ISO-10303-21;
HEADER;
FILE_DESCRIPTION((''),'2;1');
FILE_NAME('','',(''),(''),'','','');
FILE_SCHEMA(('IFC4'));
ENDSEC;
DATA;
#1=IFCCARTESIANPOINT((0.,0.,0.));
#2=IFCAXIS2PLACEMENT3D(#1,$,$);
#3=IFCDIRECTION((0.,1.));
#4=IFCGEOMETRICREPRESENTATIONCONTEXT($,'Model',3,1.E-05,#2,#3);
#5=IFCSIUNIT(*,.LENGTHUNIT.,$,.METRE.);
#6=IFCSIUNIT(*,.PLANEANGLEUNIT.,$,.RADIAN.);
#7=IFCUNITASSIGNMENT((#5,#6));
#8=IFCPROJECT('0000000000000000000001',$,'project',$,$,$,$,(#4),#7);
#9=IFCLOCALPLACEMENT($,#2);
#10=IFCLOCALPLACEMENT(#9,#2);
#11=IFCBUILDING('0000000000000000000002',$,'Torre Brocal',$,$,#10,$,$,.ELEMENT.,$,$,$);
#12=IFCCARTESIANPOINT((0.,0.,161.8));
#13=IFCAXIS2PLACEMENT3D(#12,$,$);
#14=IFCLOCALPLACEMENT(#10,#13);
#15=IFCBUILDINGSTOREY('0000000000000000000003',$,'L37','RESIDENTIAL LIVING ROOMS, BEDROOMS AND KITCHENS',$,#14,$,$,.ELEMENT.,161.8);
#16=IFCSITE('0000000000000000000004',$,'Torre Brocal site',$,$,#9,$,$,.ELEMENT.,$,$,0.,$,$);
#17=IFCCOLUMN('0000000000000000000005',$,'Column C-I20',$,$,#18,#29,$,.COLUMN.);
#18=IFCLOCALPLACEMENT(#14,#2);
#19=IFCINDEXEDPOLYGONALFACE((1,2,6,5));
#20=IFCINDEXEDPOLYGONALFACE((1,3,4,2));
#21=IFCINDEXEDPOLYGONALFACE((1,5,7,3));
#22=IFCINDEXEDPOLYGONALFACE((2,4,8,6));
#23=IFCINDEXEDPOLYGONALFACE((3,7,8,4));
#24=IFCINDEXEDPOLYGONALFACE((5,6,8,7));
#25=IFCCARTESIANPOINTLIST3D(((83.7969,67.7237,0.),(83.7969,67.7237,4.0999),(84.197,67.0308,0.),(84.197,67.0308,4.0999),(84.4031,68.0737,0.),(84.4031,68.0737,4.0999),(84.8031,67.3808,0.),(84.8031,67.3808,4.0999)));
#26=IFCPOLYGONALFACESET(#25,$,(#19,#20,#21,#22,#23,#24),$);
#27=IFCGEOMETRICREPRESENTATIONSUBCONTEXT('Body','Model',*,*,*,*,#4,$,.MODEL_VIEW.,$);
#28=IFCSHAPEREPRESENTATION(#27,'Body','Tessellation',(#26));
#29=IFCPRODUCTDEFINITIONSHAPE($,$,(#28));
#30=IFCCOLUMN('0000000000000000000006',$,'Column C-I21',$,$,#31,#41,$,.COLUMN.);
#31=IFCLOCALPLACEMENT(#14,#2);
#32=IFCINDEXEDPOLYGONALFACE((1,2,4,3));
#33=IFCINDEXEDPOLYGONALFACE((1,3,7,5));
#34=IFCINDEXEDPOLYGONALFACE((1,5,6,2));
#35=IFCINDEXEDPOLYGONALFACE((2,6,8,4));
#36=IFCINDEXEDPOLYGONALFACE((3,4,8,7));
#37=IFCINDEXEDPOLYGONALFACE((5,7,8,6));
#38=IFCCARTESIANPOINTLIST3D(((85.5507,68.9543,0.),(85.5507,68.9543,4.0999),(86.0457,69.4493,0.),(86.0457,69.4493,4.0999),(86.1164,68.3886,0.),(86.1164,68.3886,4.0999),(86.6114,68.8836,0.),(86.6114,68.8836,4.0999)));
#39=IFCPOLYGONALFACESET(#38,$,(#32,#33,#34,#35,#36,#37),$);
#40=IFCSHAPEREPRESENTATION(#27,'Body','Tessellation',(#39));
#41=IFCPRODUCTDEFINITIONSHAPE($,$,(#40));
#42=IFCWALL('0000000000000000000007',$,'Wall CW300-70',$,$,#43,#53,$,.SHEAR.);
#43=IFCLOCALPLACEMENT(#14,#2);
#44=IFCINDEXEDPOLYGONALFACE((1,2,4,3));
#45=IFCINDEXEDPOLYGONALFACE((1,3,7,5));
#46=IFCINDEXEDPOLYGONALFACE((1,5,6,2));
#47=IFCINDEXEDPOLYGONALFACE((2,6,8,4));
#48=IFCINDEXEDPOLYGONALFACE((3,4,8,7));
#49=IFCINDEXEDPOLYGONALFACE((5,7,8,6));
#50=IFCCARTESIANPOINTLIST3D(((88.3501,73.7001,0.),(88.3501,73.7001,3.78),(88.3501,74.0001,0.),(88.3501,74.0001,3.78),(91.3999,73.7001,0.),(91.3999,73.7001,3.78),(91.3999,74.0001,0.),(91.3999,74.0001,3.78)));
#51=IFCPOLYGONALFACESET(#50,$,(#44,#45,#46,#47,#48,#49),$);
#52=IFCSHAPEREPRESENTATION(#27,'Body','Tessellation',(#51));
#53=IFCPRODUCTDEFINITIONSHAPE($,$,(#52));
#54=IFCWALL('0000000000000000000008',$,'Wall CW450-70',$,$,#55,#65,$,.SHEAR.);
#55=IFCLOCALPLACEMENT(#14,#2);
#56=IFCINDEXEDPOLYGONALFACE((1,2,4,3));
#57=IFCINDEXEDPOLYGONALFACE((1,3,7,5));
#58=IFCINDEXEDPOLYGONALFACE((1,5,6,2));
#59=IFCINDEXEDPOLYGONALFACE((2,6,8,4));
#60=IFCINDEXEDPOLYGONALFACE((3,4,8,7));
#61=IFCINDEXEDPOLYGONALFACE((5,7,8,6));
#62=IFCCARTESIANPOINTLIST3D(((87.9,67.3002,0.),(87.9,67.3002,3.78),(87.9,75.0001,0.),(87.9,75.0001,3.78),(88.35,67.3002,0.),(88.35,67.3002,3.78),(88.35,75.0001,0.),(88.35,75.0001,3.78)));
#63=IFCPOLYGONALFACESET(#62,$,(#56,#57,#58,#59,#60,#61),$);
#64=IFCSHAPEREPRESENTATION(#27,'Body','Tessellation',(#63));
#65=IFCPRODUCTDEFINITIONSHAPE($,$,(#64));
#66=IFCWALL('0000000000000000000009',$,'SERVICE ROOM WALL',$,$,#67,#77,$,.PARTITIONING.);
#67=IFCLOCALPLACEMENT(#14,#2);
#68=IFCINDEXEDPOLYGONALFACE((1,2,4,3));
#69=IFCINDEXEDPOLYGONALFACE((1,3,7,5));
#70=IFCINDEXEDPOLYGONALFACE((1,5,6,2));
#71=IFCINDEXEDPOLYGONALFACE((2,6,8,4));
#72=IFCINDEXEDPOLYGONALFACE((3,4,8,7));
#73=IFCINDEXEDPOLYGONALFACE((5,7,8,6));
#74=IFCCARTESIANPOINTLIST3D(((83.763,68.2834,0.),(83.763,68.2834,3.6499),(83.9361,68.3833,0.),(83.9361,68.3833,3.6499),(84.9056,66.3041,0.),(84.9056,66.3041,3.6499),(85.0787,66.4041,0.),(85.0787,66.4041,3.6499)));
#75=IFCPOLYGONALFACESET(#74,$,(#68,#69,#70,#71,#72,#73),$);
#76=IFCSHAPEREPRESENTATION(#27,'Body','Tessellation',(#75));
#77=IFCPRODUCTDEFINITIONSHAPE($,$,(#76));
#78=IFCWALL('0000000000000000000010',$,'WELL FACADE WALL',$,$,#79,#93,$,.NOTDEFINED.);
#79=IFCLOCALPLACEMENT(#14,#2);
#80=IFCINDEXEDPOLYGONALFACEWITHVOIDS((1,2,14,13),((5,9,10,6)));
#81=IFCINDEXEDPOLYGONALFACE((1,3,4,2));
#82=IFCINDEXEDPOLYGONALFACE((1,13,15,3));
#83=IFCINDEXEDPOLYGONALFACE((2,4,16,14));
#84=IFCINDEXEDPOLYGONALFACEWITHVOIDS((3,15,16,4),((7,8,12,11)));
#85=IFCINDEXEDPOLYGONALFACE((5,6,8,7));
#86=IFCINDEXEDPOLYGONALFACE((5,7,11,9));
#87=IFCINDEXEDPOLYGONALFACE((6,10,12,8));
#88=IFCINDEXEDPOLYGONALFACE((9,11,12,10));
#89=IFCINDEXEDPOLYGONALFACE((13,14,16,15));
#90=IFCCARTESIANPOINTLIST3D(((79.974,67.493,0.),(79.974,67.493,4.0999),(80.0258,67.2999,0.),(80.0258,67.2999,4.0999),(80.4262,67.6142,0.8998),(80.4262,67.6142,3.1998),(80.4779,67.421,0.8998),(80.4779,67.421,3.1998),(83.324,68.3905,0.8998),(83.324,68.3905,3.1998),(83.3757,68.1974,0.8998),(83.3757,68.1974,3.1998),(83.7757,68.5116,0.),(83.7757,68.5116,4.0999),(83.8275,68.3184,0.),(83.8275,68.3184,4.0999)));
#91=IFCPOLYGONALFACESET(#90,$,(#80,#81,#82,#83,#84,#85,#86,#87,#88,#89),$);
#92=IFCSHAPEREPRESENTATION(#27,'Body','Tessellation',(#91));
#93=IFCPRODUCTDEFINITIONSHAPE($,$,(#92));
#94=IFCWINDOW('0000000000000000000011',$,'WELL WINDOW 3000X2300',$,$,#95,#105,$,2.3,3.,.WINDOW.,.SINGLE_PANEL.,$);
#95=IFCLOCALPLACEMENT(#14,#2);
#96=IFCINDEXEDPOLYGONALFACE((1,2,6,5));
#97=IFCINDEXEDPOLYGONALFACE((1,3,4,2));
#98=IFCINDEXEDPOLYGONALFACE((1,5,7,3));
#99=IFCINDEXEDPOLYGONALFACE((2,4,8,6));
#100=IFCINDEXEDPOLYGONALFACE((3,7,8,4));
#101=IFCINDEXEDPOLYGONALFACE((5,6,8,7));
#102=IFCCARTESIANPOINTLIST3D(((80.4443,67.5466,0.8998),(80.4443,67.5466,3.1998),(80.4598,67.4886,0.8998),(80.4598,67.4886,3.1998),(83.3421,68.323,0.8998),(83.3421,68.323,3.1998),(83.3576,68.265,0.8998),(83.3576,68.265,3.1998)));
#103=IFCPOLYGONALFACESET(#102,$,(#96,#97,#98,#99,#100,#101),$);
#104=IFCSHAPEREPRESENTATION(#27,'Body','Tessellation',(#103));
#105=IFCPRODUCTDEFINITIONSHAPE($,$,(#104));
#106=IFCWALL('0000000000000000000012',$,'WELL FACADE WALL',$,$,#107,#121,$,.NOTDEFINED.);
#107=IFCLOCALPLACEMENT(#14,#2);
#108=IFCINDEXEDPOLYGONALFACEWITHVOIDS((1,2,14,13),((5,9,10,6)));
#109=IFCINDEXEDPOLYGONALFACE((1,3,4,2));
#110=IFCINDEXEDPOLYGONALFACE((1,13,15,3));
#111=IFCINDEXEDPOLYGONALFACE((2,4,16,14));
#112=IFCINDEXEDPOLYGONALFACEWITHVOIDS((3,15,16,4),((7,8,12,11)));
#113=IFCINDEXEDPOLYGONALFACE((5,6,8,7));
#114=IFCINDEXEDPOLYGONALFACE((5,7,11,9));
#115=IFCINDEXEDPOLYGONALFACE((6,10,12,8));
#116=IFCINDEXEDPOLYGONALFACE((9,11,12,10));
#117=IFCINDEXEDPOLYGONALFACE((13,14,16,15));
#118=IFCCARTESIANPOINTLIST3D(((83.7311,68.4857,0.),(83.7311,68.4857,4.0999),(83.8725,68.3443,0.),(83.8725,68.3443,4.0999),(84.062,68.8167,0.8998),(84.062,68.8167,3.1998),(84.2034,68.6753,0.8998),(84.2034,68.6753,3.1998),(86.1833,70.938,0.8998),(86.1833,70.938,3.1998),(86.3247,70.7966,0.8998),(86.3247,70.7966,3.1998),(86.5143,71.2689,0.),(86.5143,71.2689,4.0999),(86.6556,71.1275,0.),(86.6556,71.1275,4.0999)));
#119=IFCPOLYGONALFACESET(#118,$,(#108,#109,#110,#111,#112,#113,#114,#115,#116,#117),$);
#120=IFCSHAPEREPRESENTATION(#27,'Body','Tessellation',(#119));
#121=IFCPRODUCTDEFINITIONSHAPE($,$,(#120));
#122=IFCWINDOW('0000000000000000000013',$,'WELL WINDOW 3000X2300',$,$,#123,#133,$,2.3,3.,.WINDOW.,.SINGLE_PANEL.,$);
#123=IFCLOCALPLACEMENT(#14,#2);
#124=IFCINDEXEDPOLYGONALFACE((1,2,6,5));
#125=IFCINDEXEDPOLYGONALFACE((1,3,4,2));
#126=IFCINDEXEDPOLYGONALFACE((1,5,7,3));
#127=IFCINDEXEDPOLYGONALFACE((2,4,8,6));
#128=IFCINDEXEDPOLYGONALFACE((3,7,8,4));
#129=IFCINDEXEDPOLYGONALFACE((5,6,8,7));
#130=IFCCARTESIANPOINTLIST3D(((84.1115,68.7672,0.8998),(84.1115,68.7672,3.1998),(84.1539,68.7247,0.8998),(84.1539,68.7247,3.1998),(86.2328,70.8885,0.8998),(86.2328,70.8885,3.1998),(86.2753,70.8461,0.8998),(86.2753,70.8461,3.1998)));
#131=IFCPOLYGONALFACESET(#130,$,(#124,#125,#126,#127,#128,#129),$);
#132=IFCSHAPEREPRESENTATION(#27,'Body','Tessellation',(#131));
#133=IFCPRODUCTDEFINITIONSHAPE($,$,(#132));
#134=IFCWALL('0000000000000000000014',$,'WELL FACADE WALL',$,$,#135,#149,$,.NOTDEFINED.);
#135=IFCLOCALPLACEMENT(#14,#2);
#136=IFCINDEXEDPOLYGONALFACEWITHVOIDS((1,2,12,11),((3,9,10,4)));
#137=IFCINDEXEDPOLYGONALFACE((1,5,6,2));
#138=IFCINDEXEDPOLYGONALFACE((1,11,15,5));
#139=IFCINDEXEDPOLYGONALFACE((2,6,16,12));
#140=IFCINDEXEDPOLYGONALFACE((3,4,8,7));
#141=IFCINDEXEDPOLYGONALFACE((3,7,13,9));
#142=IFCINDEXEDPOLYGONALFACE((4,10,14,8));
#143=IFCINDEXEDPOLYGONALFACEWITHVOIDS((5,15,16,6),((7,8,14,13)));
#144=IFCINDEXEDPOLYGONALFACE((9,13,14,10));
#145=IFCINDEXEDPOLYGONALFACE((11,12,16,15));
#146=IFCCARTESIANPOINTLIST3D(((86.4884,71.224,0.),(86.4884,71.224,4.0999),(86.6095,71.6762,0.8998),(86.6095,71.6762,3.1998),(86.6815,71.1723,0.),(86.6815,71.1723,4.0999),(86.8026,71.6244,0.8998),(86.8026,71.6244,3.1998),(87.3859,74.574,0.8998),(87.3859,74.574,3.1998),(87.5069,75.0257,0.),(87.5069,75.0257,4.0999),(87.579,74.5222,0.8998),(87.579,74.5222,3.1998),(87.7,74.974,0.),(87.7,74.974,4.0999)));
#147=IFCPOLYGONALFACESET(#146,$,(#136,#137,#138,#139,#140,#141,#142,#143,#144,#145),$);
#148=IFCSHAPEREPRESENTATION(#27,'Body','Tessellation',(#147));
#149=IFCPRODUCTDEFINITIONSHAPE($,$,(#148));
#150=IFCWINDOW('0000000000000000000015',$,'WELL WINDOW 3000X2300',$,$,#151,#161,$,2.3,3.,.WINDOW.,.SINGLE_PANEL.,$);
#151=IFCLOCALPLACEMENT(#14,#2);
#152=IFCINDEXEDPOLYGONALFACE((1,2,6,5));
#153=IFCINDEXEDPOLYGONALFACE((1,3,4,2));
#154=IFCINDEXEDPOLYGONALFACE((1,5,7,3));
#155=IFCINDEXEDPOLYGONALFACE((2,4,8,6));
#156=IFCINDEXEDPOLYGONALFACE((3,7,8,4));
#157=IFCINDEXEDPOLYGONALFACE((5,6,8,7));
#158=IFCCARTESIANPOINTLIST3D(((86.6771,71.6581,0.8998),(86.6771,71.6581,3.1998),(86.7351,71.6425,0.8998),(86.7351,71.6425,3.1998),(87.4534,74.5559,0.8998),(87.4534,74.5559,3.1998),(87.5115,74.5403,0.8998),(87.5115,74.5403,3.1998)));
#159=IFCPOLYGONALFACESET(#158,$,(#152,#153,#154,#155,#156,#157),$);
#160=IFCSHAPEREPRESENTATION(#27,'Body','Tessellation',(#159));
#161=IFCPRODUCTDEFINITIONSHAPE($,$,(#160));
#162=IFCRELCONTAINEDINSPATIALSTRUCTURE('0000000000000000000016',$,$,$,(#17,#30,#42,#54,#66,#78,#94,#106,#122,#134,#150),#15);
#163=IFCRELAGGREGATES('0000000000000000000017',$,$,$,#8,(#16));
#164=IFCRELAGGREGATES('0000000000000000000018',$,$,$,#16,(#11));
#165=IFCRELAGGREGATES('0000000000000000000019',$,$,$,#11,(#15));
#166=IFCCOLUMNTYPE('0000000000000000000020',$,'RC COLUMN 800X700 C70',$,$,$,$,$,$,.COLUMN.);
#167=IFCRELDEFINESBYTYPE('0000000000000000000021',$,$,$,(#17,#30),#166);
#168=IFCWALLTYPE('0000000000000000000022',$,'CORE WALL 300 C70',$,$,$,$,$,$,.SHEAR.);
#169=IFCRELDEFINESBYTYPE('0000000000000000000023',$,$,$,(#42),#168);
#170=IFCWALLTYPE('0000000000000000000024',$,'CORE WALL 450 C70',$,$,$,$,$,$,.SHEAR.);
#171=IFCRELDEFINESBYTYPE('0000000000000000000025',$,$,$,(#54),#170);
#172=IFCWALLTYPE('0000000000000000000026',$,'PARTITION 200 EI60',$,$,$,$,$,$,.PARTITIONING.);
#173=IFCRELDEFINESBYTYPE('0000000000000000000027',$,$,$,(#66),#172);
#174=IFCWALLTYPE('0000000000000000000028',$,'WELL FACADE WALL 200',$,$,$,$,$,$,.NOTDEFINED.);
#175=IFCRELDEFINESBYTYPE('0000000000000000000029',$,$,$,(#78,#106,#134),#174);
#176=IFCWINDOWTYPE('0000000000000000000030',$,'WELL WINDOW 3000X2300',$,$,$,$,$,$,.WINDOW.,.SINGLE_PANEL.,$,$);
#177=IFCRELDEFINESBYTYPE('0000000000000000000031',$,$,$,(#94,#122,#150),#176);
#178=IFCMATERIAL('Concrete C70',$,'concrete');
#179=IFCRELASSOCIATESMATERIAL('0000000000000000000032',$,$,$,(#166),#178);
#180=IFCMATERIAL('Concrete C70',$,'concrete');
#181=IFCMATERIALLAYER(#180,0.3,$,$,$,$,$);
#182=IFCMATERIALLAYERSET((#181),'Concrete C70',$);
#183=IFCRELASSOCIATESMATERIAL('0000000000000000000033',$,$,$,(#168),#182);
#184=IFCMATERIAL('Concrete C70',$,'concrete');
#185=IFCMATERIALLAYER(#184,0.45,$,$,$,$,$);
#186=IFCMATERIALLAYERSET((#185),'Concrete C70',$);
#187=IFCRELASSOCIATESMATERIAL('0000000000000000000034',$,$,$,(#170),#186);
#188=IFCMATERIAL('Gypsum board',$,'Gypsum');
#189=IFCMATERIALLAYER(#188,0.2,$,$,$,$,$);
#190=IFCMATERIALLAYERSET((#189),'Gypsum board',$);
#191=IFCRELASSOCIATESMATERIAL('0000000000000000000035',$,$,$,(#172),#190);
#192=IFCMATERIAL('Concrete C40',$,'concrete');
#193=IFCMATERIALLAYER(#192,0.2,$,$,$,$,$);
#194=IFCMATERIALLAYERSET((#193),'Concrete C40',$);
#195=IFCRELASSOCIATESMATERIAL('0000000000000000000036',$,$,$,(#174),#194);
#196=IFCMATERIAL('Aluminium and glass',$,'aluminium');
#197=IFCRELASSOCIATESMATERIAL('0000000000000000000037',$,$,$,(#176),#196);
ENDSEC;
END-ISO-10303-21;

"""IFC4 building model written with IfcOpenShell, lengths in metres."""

from ifc_helpers import new_model, si_unit, direction, frame, frame_2d, origin, origin_2d, place, context, subcontext, project, spatial, rectangle, extrude, material, layer, layer_set, material_profile, profile_set, type_object, element, fill, save


model = new_model("IFC4")

# Units and contexts
model_context = context("Model", 3, precision=1e-05, world=origin(), true_north=direction((0.0, 1.0)))
body_context = subcontext(model_context, "Body", "Model", "MODEL_VIEW")
ifc_project = project(units=[si_unit("LENGTHUNIT", "METRE"), si_unit("PLANEANGLEUNIT", "RADIAN")], contexts=[model_context])

# Site, building, storey
site_placement = place(None, origin())
site = spatial("IfcSite", under=ifc_project, at=site_placement, Name="Torre Brocal site", CompositionType="ELEMENT", RefElevation=0.0)
building_placement = place(site_placement, origin())
building = spatial("IfcBuilding", under=site, at=building_placement, Name="Torre Brocal", CompositionType="ELEMENT")
storey_placement = place(building_placement, frame((0.0, 0.0, 161.8)))
storey = spatial("IfcBuildingStorey", under=building, at=storey_placement, Name="L37", Description="RESIDENTIAL LIVING ROOMS, BEDROOMS AND KITCHENS", CompositionType="ELEMENT", Elevation=161.8)

# Columns
ifc_material_1 = material(Name="Concrete C70", Category="concrete")
ifc_material_profile = material_profile(ifc_material_1, rectangle(XDim=0.8, YDim=0.7, at=origin_2d()), Name="RC 800X700")
ifc_profile_set = profile_set([ifc_material_profile], Name="Concrete C70")
column_type = type_object("IfcColumnType", Name="RC COLUMN 800X700 C70", PredefinedType="COLUMN", material=ifc_profile_set)
for number, where, z_axis, x_axis, name in (
    (1, (84.3, 67.5522, 0.0), (0.0, 0.0, 1.0), (0.5, -0.866025, 0.0), "Column C-I20"),
    (2, (86.0811, 68.9189, 0.0), (0.0, 0.0, 1.0), (0.707107, -0.707107, 0.0), "Column C-I21"),
):
    element("IfcColumn", number, at=place(storey_placement, frame(where, z_axis=z_axis, x_axis=x_axis)), inside=storey, type_object=column_type, Name=name, PredefinedType="COLUMN", context=body_context, shape_type="SweptSolid", body=[
        extrude(rectangle(XDim=0.8, YDim=0.7, at=origin_2d()), origin(), (0.0, 0.0, 1.0), 4.0999),
    ])

# Walls
ifc_material_2 = material(Name="Concrete C70", Category="concrete")
ifc_layer_1 = layer(ifc_material_2, 0.3)
ifc_layer_set_1 = layer_set([ifc_layer_1], Name="Concrete C70")
wall_type_1 = type_object("IfcWallType", Name="CORE WALL 300 C70", PredefinedType="SHEAR", material=ifc_layer_set_1)
wall_1_placement = place(storey_placement, frame((88.3501, 73.8501, 0.0), z_axis=(0.0, 0.0, 1.0), x_axis=(1.0, 0.0, 0.0)))
element("IfcWall", 3, at=wall_1_placement, inside=storey, type_object=wall_type_1, Name="Wall CW300-70", PredefinedType="SHEAR", context=body_context, shape_type="SweptSolid", body=[
    extrude(rectangle(XDim=3.0498, YDim=0.3, at=frame_2d((1.5249, 0.0))), origin(), (0.0, 0.0, 1.0), 3.78),
])
ifc_material_3 = material(Name="Concrete C70", Category="concrete")
ifc_layer_2 = layer(ifc_material_3, 0.45)
ifc_layer_set_2 = layer_set([ifc_layer_2], Name="Concrete C70")
wall_type_2 = type_object("IfcWallType", Name="CORE WALL 450 C70", PredefinedType="SHEAR", material=ifc_layer_set_2)
wall_2_placement = place(storey_placement, frame((88.125, 67.3, 0.0), z_axis=(0.0, 0.0, 1.0), x_axis=(0.0, 1.0, 0.0)))
element("IfcWall", 4, at=wall_2_placement, inside=storey, type_object=wall_type_2, Name="Wall CW450-70", PredefinedType="SHEAR", context=body_context, shape_type="SweptSolid", body=[
    extrude(rectangle(XDim=7.7, YDim=0.45, at=frame_2d((3.8501, 0.0))), origin(), (0.0, 0.0, 1.0), 3.78),
])
ifc_material_4 = material(Name="Gypsum board", Category="Gypsum")
ifc_layer_3 = layer(ifc_material_4, 0.2)
ifc_layer_set_3 = layer_set([ifc_layer_3], Name="Gypsum board")
wall_type_3 = type_object("IfcWallType", Name="PARTITION 200 EI60", PredefinedType="PARTITIONING", material=ifc_layer_set_3)
wall_3_placement = place(storey_placement, frame((83.8496, 68.3333, 0.0), z_axis=(0.0, 0.0, 1.0), x_axis=(0.499954, -0.866052, 0.0)))
element("IfcWall", 5, at=wall_3_placement, inside=storey, type_object=wall_type_3, Name="SERVICE ROOM WALL", PredefinedType="PARTITIONING", context=body_context, shape_type="SweptSolid", body=[
    extrude(rectangle(XDim=2.2854, YDim=0.2, at=frame_2d((1.1426, 0.0))), origin(), (0.0, 0.0, 1.0), 3.6499),
])

# Walls, openings, windows
ifc_material_5 = material(Name="Concrete C40", Category="concrete")
ifc_layer_4 = layer(ifc_material_5, 0.2)
ifc_layer_set_4 = layer_set([ifc_layer_4], Name="Concrete C40")
wall_type_4 = type_object("IfcWallType", Name="WELL FACADE WALL 200", PredefinedType="NOTDEFINED", material=ifc_layer_set_4)
wall_4_placement = place(storey_placement, frame((80.0, 67.3965, 0.0), z_axis=(0.0, 0.0, 1.0), x_axis=(0.965934, 0.25879, 0.0)))
wall_4 = element("IfcWall", 6, at=wall_4_placement, inside=storey, type_object=wall_type_4, Name="WELL FACADE WALL", PredefinedType="NOTDEFINED", context=body_context, shape_type="SweptSolid", body=[
    extrude(rectangle(XDim=3.9358, YDim=0.2, at=frame_2d((1.9678, 0.0))), origin(), (0.0, 0.0, 1.0), 4.0999),
])
opening_1_placement = place(wall_4_placement, frame((0.468, 0.0, 0.8999)))
opening_1 = element("IfcOpeningElement", 7, at=opening_1_placement, cuts=wall_4, PredefinedType="OPENING", context=body_context, shape_type="SweptSolid", body=[
    extrude(rectangle(XDim=3.0, YDim=2.3, at=frame_2d((1.5, 1.1499))), frame((0.0, 0.1099, 0.0), z_axis=(0.0, -1.0, 0.0), x_axis=(1.0, 0.0, 0.0)), (0.0, 0.0, 1.0), 0.22),
])
ifc_material_6 = material(Name="Aluminium and glass", Category="aluminium")
window_type = type_object("IfcWindowType", Name="WELL WINDOW 3000X2300", PartitioningType="SINGLE_PANEL", PredefinedType="WINDOW", material=ifc_material_6)
window_1_placement = place(opening_1_placement, origin())
window_1 = element("IfcWindow", 8, at=window_1_placement, inside=storey, type_object=window_type, Name="WELL WINDOW 3000X2300", OverallHeight=2.3, OverallWidth=3.0, PartitioningType="SINGLE_PANEL", PredefinedType="WINDOW", context=body_context, shape_type="SweptSolid", body=[
    extrude(rectangle(XDim=3.0, YDim=2.3, at=frame_2d((1.5, 1.1499))), frame((0.0, 0.03, 0.0), z_axis=(0.0, -1.0, 0.0), x_axis=(1.0, 0.0, 0.0)), (0.0, 0.0, 1.0), 0.0601),
])
fill(opening_1, window_1)
wall_5_placement = place(storey_placement, frame((83.8018, 68.415, 0.0), z_axis=(0.0, 0.0, 1.0), x_axis=(0.707107, 0.707107, 0.0)))
wall_5 = element("IfcWall", 9, at=wall_5_placement, inside=storey, type_object=wall_type_4, Name="WELL FACADE WALL", PredefinedType="NOTDEFINED", context=body_context, shape_type="SweptSolid", body=[
    extrude(rectangle(XDim=3.936, YDim=0.2, at=frame_2d((1.968, 0.0))), origin(), (0.0, 0.0, 1.0), 4.0999),
])
opening_2_placement = place(wall_5_placement, frame((0.468, 0.0, 0.8999)))
opening_2 = element("IfcOpeningElement", 10, at=opening_2_placement, cuts=wall_5, PredefinedType="OPENING", context=body_context, shape_type="SweptSolid", body=[
    extrude(rectangle(XDim=3.0, YDim=2.3, at=frame_2d((1.5, 1.1499))), frame((0.0, 0.1099, 0.0), z_axis=(0.0, -1.0, 0.0), x_axis=(1.0, 0.0, 0.0)), (0.0, 0.0, 1.0), 0.22),
])
window_2_placement = place(opening_2_placement, origin())
window_2 = element("IfcWindow", 11, at=window_2_placement, inside=storey, type_object=window_type, Name="WELL WINDOW 3000X2300", OverallHeight=2.3, OverallWidth=3.0, PartitioningType="SINGLE_PANEL", PredefinedType="WINDOW", context=body_context, shape_type="SweptSolid", body=[
    extrude(rectangle(XDim=3.0, YDim=2.3, at=frame_2d((1.5, 1.1499))), frame((0.0, 0.03, 0.0), z_axis=(0.0, -1.0, 0.0), x_axis=(1.0, 0.0, 0.0)), (0.0, 0.0, 1.0), 0.0601),
])
fill(opening_2, window_2)
wall_6_placement = place(storey_placement, frame((86.585, 71.1982, 0.0), z_axis=(0.0, 0.0, 1.0), x_axis=(0.25879, 0.965934, 0.0)))
wall_6 = element("IfcWall", 12, at=wall_6_placement, inside=storey, type_object=wall_type_4, Name="WELL FACADE WALL", PredefinedType="NOTDEFINED", context=body_context, shape_type="SweptSolid", body=[
    extrude(rectangle(XDim=3.9358, YDim=0.2, at=frame_2d((1.9678, 0.0))), origin(), (0.0, 0.0, 1.0), 4.0999),
])
opening_3_placement = place(wall_6_placement, frame((0.468, 0.0, 0.8999)))
opening_3 = element("IfcOpeningElement", 13, at=opening_3_placement, cuts=wall_6, PredefinedType="OPENING", context=body_context, shape_type="SweptSolid", body=[
    extrude(rectangle(XDim=3.0, YDim=2.3, at=frame_2d((1.5, 1.1499))), frame((0.0, 0.1099, 0.0), z_axis=(0.0, -1.0, 0.0), x_axis=(1.0, 0.0, 0.0)), (0.0, 0.0, 1.0), 0.22),
])
window_3_placement = place(opening_3_placement, origin())
window_3 = element("IfcWindow", 14, at=window_3_placement, inside=storey, type_object=window_type, Name="WELL WINDOW 3000X2300", OverallHeight=2.3, OverallWidth=3.0, PartitioningType="SINGLE_PANEL", PredefinedType="WINDOW", context=body_context, shape_type="SweptSolid", body=[
    extrude(rectangle(XDim=3.0, YDim=2.3, at=frame_2d((1.5, 1.1499))), frame((0.0, 0.03, 0.0), z_axis=(0.0, -1.0, 0.0), x_axis=(1.0, 0.0, 0.0)), (0.0, 0.0, 1.0), 0.0601),
])
fill(opening_3, window_3)

save(model, "model.ifc")
